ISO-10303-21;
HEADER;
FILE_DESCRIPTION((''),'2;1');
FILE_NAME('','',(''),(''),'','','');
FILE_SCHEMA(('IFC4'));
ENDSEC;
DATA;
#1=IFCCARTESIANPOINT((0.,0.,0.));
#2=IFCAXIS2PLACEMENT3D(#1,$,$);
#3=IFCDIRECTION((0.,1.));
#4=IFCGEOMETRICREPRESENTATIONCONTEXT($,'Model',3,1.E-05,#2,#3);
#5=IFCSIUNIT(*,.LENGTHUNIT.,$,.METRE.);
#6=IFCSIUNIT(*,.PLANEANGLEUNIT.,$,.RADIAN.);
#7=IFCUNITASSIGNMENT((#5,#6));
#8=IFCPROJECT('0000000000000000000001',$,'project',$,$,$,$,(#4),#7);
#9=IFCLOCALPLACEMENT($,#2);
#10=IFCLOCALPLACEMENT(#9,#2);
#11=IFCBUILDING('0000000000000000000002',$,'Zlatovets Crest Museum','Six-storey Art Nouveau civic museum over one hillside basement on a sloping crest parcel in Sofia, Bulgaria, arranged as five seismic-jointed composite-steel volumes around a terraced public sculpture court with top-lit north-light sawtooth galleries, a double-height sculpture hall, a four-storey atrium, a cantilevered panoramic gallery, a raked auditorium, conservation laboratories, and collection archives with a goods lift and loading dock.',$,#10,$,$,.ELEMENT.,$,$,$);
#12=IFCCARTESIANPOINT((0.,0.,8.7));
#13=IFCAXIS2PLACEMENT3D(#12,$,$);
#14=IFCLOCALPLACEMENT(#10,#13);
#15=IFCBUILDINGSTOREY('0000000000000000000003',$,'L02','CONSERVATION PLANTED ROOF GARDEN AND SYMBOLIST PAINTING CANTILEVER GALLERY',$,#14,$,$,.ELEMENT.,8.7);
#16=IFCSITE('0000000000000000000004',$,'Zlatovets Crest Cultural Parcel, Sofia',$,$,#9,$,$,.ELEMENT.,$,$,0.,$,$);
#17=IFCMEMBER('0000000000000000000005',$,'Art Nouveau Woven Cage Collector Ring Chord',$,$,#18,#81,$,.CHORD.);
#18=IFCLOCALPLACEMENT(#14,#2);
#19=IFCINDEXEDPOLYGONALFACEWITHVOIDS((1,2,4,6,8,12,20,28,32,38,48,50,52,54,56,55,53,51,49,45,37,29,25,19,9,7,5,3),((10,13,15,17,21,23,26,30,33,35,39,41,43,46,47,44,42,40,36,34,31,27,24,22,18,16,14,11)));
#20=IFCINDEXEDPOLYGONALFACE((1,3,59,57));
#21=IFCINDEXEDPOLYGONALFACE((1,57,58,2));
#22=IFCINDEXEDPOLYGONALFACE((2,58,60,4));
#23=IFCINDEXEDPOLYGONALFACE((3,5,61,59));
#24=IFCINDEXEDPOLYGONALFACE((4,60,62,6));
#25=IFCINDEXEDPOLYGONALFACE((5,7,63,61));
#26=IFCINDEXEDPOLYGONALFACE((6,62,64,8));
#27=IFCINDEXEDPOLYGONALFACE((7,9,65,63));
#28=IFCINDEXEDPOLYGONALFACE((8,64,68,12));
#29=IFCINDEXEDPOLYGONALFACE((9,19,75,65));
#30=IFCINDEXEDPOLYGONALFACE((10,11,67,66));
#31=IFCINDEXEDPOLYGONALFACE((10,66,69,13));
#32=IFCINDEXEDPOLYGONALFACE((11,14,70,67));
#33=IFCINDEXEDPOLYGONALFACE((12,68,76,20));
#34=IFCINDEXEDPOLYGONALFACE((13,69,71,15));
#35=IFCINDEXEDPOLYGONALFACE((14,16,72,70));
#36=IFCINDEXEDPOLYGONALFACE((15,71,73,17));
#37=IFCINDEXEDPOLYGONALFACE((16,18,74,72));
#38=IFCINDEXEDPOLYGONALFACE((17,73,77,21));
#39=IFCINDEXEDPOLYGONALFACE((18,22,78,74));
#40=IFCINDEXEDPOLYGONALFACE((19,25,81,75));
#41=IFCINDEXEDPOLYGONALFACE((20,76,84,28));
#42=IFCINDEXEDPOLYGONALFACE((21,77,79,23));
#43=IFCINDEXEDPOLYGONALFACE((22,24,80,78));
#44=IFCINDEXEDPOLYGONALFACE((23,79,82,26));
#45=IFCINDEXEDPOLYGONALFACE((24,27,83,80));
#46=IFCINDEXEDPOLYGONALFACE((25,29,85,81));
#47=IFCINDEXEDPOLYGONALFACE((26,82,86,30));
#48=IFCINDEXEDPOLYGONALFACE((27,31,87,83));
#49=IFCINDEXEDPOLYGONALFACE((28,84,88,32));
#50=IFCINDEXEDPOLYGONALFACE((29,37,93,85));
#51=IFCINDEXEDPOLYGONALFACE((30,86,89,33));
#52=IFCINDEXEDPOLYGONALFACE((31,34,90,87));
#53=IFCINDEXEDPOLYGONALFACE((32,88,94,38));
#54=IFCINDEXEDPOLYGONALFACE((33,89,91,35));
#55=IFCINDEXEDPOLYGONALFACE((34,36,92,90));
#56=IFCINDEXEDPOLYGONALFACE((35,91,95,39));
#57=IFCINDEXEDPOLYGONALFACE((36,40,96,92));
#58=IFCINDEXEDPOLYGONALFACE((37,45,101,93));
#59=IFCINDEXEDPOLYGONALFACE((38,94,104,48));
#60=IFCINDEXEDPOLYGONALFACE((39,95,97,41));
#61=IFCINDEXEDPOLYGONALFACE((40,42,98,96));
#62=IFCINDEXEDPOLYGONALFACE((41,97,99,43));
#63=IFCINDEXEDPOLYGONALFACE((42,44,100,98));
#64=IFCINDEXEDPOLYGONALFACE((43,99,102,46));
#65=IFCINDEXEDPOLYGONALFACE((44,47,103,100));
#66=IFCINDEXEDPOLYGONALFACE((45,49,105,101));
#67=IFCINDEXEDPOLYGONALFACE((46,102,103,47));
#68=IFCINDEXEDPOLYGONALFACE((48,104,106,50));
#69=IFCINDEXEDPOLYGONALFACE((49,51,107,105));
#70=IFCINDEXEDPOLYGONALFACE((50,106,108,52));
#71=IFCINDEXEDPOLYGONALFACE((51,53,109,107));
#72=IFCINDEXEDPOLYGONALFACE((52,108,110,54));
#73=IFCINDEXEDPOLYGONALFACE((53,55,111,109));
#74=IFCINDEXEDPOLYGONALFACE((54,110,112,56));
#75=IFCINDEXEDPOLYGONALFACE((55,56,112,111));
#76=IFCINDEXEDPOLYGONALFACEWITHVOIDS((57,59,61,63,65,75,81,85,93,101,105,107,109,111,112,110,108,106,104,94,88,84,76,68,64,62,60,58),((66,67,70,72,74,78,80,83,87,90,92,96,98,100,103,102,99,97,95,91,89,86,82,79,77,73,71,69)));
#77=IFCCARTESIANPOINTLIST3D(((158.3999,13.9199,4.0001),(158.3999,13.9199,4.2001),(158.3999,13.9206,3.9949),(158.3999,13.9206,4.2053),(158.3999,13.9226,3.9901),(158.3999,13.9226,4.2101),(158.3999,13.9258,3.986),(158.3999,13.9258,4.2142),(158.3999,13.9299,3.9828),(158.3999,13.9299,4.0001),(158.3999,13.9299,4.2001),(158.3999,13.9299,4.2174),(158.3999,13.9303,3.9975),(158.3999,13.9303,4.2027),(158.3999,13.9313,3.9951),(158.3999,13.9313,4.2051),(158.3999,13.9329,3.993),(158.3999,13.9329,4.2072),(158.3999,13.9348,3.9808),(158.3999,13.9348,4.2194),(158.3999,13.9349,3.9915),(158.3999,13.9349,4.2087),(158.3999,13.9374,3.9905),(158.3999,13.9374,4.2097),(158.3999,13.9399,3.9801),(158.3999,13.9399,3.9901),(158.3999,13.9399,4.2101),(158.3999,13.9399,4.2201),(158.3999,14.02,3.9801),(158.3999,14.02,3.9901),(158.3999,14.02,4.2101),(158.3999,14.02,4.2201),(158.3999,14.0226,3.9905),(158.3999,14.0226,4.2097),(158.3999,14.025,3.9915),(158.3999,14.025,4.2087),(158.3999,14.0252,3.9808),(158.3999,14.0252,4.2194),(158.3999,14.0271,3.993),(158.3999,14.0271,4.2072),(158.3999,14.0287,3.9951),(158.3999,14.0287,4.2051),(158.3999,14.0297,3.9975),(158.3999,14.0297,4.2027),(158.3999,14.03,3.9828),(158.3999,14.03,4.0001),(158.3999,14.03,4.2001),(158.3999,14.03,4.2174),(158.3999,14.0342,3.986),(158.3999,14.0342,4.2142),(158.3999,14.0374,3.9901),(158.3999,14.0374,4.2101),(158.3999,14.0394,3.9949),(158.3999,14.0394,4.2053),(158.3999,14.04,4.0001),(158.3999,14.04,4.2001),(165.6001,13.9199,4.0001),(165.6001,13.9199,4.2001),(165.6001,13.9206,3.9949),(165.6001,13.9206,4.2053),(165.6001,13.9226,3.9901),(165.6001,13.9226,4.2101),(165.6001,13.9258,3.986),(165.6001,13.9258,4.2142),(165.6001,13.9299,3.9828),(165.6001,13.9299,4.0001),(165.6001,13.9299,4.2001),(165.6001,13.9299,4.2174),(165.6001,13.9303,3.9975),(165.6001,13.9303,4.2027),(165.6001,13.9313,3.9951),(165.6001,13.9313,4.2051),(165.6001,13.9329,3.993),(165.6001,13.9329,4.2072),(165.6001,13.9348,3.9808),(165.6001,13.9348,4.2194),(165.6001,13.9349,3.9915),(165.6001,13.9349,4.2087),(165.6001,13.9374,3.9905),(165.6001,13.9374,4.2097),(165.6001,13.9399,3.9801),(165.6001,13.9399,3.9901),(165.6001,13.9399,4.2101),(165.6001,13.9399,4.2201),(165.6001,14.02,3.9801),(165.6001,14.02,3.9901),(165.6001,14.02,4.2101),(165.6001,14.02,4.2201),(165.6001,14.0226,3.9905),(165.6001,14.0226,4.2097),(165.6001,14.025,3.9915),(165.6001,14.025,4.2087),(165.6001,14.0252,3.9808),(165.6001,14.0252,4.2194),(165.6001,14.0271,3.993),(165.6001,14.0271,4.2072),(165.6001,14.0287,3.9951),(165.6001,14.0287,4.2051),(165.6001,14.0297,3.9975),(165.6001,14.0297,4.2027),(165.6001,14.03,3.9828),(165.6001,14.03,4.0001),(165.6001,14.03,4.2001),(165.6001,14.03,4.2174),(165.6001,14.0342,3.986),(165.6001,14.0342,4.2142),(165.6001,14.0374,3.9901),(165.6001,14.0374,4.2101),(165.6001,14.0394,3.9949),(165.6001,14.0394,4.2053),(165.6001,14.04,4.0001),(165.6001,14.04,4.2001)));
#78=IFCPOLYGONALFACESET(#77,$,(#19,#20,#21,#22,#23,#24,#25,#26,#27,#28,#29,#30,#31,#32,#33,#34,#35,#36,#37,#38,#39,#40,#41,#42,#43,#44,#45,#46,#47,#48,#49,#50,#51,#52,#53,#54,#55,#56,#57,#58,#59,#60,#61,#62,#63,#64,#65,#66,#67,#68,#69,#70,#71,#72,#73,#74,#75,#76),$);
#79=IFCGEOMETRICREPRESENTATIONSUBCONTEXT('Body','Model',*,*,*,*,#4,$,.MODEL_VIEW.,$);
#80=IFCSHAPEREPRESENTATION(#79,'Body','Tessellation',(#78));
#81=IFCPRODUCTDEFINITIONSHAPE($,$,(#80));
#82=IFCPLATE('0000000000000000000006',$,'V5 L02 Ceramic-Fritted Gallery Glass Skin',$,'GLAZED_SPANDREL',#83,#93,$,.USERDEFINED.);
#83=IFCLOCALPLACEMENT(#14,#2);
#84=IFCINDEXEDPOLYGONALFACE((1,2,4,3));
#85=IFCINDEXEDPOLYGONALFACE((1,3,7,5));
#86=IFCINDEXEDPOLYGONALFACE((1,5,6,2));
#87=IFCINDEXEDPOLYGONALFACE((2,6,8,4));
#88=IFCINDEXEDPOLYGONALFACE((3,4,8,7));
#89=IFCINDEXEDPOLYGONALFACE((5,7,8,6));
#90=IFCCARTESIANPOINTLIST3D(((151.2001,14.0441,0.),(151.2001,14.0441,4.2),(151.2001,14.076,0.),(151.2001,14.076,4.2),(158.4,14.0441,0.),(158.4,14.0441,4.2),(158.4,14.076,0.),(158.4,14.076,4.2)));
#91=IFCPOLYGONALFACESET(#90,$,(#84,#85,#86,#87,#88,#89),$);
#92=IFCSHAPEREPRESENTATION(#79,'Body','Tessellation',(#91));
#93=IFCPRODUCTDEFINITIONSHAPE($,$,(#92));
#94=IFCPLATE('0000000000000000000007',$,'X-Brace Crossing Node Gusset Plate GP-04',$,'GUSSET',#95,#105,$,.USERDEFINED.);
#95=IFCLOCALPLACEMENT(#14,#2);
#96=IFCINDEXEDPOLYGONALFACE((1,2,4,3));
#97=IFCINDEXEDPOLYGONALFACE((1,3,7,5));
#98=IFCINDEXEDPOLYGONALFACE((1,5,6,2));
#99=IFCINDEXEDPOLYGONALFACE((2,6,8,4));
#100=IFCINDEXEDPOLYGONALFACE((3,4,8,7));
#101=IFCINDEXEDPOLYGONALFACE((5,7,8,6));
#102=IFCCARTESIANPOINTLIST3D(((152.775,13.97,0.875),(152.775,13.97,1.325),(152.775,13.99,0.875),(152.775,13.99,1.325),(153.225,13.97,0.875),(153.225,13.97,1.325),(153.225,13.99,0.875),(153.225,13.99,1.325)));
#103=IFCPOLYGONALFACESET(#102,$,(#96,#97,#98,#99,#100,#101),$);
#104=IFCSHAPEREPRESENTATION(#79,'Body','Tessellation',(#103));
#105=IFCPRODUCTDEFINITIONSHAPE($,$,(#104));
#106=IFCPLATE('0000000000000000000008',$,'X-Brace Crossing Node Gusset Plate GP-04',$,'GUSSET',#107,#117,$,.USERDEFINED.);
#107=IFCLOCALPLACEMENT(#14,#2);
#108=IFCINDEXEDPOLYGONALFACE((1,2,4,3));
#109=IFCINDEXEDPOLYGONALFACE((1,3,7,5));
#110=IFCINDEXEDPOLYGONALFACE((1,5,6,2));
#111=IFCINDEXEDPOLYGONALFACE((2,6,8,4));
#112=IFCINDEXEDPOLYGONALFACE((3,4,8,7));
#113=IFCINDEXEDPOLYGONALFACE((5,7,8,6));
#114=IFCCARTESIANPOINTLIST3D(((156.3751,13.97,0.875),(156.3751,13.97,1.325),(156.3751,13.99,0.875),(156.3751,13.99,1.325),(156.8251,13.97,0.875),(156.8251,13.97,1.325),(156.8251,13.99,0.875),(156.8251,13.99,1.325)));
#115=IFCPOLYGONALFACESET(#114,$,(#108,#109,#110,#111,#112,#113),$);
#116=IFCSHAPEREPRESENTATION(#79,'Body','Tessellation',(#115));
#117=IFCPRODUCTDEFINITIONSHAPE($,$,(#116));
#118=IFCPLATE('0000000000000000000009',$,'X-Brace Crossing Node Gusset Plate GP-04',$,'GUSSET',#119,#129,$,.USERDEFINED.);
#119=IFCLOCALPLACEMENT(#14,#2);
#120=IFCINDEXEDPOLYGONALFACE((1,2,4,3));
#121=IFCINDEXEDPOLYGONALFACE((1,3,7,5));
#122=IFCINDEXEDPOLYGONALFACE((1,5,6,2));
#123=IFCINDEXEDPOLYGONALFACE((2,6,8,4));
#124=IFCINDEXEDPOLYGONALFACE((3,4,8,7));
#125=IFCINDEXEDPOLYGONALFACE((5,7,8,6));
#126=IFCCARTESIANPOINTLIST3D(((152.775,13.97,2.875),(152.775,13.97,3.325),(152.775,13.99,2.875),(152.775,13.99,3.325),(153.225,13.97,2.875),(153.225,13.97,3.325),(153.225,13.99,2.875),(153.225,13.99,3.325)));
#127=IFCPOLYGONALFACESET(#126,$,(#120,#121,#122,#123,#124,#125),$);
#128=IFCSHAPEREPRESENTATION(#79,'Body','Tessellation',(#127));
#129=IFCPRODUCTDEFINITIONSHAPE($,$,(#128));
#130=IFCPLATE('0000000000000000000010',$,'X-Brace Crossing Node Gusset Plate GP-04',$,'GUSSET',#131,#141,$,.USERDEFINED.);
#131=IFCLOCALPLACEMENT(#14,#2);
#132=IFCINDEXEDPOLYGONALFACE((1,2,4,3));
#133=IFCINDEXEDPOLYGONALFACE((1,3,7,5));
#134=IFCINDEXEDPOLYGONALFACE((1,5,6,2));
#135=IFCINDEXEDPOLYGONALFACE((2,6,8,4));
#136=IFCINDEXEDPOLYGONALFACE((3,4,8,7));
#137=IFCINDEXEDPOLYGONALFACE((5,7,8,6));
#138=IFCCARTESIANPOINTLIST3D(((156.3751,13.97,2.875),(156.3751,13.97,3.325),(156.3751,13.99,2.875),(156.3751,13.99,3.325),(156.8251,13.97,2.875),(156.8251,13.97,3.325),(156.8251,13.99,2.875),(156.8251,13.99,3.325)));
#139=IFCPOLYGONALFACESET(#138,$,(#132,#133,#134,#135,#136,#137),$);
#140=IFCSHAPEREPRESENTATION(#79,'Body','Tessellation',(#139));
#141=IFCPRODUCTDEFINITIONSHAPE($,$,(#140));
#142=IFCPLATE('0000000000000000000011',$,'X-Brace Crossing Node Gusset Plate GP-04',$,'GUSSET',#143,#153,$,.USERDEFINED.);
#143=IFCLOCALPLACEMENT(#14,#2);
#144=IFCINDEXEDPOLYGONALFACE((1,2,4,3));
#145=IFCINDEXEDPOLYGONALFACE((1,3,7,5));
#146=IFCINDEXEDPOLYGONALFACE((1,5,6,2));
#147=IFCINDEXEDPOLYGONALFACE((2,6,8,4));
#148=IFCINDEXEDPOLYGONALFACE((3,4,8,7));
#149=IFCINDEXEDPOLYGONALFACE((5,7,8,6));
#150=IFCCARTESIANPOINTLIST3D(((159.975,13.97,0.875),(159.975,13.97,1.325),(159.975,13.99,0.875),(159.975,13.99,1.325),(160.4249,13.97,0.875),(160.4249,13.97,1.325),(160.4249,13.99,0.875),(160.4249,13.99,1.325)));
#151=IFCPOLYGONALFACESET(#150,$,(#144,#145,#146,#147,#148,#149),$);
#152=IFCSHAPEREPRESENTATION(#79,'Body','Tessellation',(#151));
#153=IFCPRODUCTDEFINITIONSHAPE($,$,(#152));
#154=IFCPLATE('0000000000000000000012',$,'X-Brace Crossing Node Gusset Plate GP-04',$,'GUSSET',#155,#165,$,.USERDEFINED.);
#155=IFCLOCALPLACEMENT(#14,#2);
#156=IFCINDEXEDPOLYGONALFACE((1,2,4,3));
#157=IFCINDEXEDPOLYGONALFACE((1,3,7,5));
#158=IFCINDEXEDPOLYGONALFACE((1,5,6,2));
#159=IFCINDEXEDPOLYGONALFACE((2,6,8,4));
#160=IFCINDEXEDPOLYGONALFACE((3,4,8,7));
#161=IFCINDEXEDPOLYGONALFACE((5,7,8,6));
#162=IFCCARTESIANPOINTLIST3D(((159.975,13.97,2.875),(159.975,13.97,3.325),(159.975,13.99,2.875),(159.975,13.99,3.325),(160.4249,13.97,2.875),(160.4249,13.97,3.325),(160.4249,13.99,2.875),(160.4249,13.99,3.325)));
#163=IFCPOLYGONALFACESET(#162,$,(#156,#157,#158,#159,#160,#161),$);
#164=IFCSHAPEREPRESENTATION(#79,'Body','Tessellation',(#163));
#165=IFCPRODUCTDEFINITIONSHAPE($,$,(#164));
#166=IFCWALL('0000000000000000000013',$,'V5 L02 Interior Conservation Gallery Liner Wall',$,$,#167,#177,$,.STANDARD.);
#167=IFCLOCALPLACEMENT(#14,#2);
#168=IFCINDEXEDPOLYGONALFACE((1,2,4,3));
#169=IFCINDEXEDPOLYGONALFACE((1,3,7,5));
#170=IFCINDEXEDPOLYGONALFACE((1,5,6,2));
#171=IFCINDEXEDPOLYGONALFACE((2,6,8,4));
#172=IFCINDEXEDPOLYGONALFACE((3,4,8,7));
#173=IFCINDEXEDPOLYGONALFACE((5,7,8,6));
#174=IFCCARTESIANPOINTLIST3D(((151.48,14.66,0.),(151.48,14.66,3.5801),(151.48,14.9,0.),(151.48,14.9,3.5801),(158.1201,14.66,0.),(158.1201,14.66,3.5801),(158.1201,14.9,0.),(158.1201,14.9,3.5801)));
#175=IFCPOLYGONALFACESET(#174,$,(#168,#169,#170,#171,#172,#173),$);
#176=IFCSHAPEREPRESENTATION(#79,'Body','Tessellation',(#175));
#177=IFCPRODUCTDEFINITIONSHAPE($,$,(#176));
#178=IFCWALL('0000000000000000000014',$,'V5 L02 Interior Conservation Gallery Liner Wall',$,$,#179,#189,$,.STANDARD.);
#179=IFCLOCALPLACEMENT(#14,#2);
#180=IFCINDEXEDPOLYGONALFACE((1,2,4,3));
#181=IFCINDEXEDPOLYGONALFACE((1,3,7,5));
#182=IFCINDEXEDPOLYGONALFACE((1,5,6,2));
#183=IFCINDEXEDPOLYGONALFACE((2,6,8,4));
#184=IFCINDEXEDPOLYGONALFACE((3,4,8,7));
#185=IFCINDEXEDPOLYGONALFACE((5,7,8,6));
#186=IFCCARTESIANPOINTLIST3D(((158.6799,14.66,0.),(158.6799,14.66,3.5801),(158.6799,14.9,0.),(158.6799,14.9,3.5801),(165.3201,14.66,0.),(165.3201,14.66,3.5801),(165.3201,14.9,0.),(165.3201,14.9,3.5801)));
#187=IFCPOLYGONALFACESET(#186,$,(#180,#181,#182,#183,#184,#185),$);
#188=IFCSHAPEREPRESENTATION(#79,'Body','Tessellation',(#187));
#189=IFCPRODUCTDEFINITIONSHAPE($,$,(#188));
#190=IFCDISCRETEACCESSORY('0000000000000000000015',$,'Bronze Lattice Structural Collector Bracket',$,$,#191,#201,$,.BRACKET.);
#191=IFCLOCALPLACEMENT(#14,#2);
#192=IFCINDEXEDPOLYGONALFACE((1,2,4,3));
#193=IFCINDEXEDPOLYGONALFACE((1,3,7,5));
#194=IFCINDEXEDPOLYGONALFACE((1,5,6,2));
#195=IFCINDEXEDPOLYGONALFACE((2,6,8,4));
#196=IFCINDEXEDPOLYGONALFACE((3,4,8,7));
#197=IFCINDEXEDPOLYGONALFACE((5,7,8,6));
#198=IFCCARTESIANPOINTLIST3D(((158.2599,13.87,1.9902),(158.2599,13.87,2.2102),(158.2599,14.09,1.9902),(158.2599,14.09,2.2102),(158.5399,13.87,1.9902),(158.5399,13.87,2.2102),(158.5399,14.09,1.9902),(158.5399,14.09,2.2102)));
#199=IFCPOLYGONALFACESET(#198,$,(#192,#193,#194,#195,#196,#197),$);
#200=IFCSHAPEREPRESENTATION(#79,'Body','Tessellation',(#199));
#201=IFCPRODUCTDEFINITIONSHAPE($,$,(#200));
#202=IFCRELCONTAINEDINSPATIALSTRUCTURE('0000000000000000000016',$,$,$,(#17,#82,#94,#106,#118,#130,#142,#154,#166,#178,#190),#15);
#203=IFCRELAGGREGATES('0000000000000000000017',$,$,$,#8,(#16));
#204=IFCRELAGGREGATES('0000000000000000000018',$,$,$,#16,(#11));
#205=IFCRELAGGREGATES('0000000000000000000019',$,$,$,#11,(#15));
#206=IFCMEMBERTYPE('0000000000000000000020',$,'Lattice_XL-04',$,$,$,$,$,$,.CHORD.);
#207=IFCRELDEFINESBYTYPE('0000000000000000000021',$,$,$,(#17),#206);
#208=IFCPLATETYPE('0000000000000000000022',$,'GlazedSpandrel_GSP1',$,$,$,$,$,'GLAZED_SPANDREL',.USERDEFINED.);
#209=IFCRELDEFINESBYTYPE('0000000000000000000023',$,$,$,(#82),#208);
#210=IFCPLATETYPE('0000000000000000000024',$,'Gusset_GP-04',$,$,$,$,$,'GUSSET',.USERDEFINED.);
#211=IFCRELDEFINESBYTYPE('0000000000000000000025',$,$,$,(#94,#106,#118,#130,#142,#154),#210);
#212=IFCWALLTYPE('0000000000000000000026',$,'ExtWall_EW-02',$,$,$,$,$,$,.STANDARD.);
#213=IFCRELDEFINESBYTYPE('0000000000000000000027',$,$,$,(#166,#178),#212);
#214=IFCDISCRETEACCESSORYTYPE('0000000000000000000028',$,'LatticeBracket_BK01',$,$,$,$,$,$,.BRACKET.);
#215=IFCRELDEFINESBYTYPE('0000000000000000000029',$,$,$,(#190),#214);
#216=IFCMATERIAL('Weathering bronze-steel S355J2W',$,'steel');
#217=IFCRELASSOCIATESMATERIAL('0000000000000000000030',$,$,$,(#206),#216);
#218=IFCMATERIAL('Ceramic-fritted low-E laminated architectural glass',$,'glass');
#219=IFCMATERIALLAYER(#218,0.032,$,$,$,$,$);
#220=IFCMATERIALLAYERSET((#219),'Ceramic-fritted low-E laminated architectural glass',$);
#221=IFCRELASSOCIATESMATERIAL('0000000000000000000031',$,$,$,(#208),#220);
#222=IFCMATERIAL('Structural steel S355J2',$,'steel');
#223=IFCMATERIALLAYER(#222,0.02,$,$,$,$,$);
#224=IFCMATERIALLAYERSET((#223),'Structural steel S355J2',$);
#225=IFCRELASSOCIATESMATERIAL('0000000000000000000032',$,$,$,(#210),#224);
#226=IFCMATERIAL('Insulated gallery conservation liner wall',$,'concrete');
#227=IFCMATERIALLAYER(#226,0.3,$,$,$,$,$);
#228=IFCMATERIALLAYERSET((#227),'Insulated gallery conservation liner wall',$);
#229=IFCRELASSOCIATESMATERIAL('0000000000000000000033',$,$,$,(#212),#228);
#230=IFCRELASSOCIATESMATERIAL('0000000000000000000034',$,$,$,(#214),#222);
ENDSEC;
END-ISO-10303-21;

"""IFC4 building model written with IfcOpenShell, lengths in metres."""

from ifc_helpers import new_model, si_unit, direction, frame, frame_2d, origin, origin_2d, place, context, subcontext, project, spatial, rectangle, hollow_rectangle, extrude, material, layer, layer_set, material_profile, profile_set, type_object, element, save


model = new_model("IFC4")

# Units and contexts
model_context = context("Model", 3, precision=1e-05, world=origin(), true_north=direction((0.0, 1.0)))
body_context = subcontext(model_context, "Body", "Model", "MODEL_VIEW")
ifc_project = project(units=[si_unit("LENGTHUNIT", "METRE"), si_unit("PLANEANGLEUNIT", "RADIAN")], contexts=[model_context])

# Site, building, storey
site_placement = place(None, origin())
site = spatial("IfcSite", under=ifc_project, at=site_placement, Name="Zlatovets Crest Cultural Parcel, Sofia", CompositionType="ELEMENT", RefElevation=0.0)
building_placement = place(site_placement, origin())
building = spatial("IfcBuilding", under=site, at=building_placement, Name="Zlatovets Crest Museum", Description="Six-storey Art Nouveau civic museum over one hillside basement on a sloping crest parcel in Sofia, Bulgaria, arranged as five seismic-jointed composite-steel volumes around a terraced public sculpture court with top-lit north-light sawtooth galleries, a double-height sculpture hall, a four-storey atrium, a cantilevered panoramic gallery, a raked auditorium, conservation laboratories, and collection archives with a goods lift and loading dock.", CompositionType="ELEMENT")
storey_placement = place(building_placement, frame((0.0, 0.0, 8.7)))
storey = spatial("IfcBuildingStorey", under=building, at=storey_placement, Name="L02", Description="CONSERVATION PLANTED ROOF GARDEN AND SYMBOLIST PAINTING CANTILEVER GALLERY", CompositionType="ELEMENT", Elevation=8.7)

# Shared definitions
ifc_material_1 = material(Name="Structural steel S355J2", Category="steel")

# Member
ifc_material_2 = material(Name="Weathering bronze-steel S355J2W", Category="steel")
ifc_material_profile_1 = material_profile(ifc_material_2, hollow_rectangle(XDim=0.1201, YDim=0.24, WallThickness=0.01, InnerFilletRadius=0.01, OuterFilletRadius=0.02, at=origin_2d()), Name="RHS 120x240x10.0")
ifc_profile_set_1 = profile_set([ifc_material_profile_1], Name="Weathering bronze-steel S355J2W")
member_type_1 = type_object("IfcMemberType", Name="Lattice_XL-04", PredefinedType="CHORD", material=ifc_profile_set_1)
member_1_placement = place(storey_placement, frame((158.3999, 13.98, 4.1001), z_axis=(1.0, 0.0, 0.0), x_axis=(0.0, 1.0, 0.0)))
element("IfcMember", 1, at=member_1_placement, inside=storey, type_object=member_type_1, Name="Art Nouveau Woven Cage Collector Ring Chord", PredefinedType="CHORD", context=body_context, shape_type="SweptSolid", body=[
    extrude(hollow_rectangle(XDim=0.1201, YDim=0.24, WallThickness=0.01, InnerFilletRadius=0.01, OuterFilletRadius=0.02, at=origin_2d()), origin(), (0.0, 0.0, 1.0), 7.2002),
])

# Plates
ifc_material_3 = material(Name="Ceramic-fritted low-E laminated architectural glass", Category="glass")
ifc_layer_1 = layer(ifc_material_3, 0.032)
ifc_layer_set_1 = layer_set([ifc_layer_1], Name="Ceramic-fritted low-E laminated architectural glass")
plate_type_1 = type_object("IfcPlateType", Name="GlazedSpandrel_GSP1", ElementType="GLAZED_SPANDREL", PredefinedType="USERDEFINED", material=ifc_layer_set_1)
plate_placement = place(storey_placement, frame((154.8, 14.0601, 0.0), z_axis=(0.0, 0.0, 1.0), x_axis=(1.0, 0.0, 0.0)))
element("IfcPlate", 2, at=plate_placement, inside=storey, type_object=plate_type_1, Name="V5 L02 Ceramic-Fritted Gallery Glass Skin", ObjectType="GLAZED_SPANDREL", PredefinedType="USERDEFINED", context=body_context, shape_type="SweptSolid", body=[
    extrude(rectangle(XDim=7.2, YDim=0.032, at=origin_2d()), origin(), (0.0, 0.0, 1.0), 4.2),
])
ifc_layer_2 = layer(ifc_material_1, 0.02)
ifc_layer_set_2 = layer_set([ifc_layer_2], Name="Structural steel S355J2")
plate_type_2 = type_object("IfcPlateType", Name="Gusset_GP-04", ElementType="GUSSET", PredefinedType="USERDEFINED", material=ifc_layer_set_2)
for number, where, z_axis, x_axis, name in (
    (3, (153.0, 13.98, 0.875), (0.0, 0.0, 1.0), (1.0, 0.0, 0.0), "X-Brace Crossing Node Gusset Plate GP-04"),
    (4, (156.6001, 13.98, 0.875), (0.0, 0.0, 1.0), (1.0, 0.0, 0.0), "X-Brace Crossing Node Gusset Plate GP-04"),
    (5, (153.0, 13.98, 2.875), (0.0, 0.0, 1.0), (1.0, 0.0, 0.0), "X-Brace Crossing Node Gusset Plate GP-04"),
    (6, (156.6001, 13.98, 2.875), (0.0, 0.0, 1.0), (1.0, 0.0, 0.0), "X-Brace Crossing Node Gusset Plate GP-04"),
    (7, (160.2, 13.98, 0.875), (0.0, 0.0, 1.0), (1.0, 0.0, 0.0), "X-Brace Crossing Node Gusset Plate GP-04"),
    (8, (160.2, 13.98, 2.875), (0.0, 0.0, 1.0), (1.0, 0.0, 0.0), "X-Brace Crossing Node Gusset Plate GP-04"),
):
    element("IfcPlate", number, at=place(storey_placement, frame(where, z_axis=z_axis, x_axis=x_axis)), inside=storey, type_object=plate_type_2, Name=name, ObjectType="GUSSET", PredefinedType="USERDEFINED", context=body_context, shape_type="SweptSolid", body=[
        extrude(rectangle(XDim=0.45, YDim=0.02, at=origin_2d()), origin(), (0.0, 0.0, 1.0), 0.45),
    ])

# Walls
ifc_material_4 = material(Name="Insulated gallery conservation liner wall", Category="concrete")
ifc_layer_3 = layer(ifc_material_4, 0.3)
ifc_layer_set_3 = layer_set([ifc_layer_3], Name="Insulated gallery conservation liner wall")
wall_type = type_object("IfcWallType", Name="ExtWall_EW-02", PredefinedType="STANDARD", material=ifc_layer_set_3)
for number, where, z_axis, x_axis, name in (
    (9, (151.48, 14.78, 0.0), (0.0, 0.0, 1.0), (1.0, 0.0, 0.0), "V5 L02 Interior Conservation Gallery Liner Wall"),
    (10, (158.6799, 14.78, 0.0), (0.0, 0.0, 1.0), (1.0, 0.0, 0.0), "V5 L02 Interior Conservation Gallery Liner Wall"),
):
    element("IfcWall", number, at=place(storey_placement, frame(where, z_axis=z_axis, x_axis=x_axis)), inside=storey, type_object=wall_type, Name=name, PredefinedType="STANDARD", context=body_context, shape_type="SweptSolid", body=[
        extrude(rectangle(XDim=6.6401, YDim=0.24, at=frame_2d((3.3201, 0.0))), origin(), (0.0, 0.0, 1.0), 3.5801),
    ])

# Discrete accessory
discrete_accessory_type = type_object("IfcDiscreteAccessoryType", Name="LatticeBracket_BK01", PredefinedType="BRACKET", material=ifc_material_1)
discrete_accessory_placement = place(storey_placement, frame((158.3999, 13.98, 1.9902), z_axis=(0.0, 0.0, 1.0), x_axis=(1.0, 0.0, 0.0)))
element("IfcDiscreteAccessory", 11, at=discrete_accessory_placement, inside=storey, type_object=discrete_accessory_type, Name="Bronze Lattice Structural Collector Bracket", PredefinedType="BRACKET", context=body_context, shape_type="SweptSolid", body=[
    extrude(rectangle(XDim=0.28, YDim=0.22, at=origin_2d()), origin(), (0.0, 0.0, 1.0), 0.22),
])

save(model, "model.ifc")
